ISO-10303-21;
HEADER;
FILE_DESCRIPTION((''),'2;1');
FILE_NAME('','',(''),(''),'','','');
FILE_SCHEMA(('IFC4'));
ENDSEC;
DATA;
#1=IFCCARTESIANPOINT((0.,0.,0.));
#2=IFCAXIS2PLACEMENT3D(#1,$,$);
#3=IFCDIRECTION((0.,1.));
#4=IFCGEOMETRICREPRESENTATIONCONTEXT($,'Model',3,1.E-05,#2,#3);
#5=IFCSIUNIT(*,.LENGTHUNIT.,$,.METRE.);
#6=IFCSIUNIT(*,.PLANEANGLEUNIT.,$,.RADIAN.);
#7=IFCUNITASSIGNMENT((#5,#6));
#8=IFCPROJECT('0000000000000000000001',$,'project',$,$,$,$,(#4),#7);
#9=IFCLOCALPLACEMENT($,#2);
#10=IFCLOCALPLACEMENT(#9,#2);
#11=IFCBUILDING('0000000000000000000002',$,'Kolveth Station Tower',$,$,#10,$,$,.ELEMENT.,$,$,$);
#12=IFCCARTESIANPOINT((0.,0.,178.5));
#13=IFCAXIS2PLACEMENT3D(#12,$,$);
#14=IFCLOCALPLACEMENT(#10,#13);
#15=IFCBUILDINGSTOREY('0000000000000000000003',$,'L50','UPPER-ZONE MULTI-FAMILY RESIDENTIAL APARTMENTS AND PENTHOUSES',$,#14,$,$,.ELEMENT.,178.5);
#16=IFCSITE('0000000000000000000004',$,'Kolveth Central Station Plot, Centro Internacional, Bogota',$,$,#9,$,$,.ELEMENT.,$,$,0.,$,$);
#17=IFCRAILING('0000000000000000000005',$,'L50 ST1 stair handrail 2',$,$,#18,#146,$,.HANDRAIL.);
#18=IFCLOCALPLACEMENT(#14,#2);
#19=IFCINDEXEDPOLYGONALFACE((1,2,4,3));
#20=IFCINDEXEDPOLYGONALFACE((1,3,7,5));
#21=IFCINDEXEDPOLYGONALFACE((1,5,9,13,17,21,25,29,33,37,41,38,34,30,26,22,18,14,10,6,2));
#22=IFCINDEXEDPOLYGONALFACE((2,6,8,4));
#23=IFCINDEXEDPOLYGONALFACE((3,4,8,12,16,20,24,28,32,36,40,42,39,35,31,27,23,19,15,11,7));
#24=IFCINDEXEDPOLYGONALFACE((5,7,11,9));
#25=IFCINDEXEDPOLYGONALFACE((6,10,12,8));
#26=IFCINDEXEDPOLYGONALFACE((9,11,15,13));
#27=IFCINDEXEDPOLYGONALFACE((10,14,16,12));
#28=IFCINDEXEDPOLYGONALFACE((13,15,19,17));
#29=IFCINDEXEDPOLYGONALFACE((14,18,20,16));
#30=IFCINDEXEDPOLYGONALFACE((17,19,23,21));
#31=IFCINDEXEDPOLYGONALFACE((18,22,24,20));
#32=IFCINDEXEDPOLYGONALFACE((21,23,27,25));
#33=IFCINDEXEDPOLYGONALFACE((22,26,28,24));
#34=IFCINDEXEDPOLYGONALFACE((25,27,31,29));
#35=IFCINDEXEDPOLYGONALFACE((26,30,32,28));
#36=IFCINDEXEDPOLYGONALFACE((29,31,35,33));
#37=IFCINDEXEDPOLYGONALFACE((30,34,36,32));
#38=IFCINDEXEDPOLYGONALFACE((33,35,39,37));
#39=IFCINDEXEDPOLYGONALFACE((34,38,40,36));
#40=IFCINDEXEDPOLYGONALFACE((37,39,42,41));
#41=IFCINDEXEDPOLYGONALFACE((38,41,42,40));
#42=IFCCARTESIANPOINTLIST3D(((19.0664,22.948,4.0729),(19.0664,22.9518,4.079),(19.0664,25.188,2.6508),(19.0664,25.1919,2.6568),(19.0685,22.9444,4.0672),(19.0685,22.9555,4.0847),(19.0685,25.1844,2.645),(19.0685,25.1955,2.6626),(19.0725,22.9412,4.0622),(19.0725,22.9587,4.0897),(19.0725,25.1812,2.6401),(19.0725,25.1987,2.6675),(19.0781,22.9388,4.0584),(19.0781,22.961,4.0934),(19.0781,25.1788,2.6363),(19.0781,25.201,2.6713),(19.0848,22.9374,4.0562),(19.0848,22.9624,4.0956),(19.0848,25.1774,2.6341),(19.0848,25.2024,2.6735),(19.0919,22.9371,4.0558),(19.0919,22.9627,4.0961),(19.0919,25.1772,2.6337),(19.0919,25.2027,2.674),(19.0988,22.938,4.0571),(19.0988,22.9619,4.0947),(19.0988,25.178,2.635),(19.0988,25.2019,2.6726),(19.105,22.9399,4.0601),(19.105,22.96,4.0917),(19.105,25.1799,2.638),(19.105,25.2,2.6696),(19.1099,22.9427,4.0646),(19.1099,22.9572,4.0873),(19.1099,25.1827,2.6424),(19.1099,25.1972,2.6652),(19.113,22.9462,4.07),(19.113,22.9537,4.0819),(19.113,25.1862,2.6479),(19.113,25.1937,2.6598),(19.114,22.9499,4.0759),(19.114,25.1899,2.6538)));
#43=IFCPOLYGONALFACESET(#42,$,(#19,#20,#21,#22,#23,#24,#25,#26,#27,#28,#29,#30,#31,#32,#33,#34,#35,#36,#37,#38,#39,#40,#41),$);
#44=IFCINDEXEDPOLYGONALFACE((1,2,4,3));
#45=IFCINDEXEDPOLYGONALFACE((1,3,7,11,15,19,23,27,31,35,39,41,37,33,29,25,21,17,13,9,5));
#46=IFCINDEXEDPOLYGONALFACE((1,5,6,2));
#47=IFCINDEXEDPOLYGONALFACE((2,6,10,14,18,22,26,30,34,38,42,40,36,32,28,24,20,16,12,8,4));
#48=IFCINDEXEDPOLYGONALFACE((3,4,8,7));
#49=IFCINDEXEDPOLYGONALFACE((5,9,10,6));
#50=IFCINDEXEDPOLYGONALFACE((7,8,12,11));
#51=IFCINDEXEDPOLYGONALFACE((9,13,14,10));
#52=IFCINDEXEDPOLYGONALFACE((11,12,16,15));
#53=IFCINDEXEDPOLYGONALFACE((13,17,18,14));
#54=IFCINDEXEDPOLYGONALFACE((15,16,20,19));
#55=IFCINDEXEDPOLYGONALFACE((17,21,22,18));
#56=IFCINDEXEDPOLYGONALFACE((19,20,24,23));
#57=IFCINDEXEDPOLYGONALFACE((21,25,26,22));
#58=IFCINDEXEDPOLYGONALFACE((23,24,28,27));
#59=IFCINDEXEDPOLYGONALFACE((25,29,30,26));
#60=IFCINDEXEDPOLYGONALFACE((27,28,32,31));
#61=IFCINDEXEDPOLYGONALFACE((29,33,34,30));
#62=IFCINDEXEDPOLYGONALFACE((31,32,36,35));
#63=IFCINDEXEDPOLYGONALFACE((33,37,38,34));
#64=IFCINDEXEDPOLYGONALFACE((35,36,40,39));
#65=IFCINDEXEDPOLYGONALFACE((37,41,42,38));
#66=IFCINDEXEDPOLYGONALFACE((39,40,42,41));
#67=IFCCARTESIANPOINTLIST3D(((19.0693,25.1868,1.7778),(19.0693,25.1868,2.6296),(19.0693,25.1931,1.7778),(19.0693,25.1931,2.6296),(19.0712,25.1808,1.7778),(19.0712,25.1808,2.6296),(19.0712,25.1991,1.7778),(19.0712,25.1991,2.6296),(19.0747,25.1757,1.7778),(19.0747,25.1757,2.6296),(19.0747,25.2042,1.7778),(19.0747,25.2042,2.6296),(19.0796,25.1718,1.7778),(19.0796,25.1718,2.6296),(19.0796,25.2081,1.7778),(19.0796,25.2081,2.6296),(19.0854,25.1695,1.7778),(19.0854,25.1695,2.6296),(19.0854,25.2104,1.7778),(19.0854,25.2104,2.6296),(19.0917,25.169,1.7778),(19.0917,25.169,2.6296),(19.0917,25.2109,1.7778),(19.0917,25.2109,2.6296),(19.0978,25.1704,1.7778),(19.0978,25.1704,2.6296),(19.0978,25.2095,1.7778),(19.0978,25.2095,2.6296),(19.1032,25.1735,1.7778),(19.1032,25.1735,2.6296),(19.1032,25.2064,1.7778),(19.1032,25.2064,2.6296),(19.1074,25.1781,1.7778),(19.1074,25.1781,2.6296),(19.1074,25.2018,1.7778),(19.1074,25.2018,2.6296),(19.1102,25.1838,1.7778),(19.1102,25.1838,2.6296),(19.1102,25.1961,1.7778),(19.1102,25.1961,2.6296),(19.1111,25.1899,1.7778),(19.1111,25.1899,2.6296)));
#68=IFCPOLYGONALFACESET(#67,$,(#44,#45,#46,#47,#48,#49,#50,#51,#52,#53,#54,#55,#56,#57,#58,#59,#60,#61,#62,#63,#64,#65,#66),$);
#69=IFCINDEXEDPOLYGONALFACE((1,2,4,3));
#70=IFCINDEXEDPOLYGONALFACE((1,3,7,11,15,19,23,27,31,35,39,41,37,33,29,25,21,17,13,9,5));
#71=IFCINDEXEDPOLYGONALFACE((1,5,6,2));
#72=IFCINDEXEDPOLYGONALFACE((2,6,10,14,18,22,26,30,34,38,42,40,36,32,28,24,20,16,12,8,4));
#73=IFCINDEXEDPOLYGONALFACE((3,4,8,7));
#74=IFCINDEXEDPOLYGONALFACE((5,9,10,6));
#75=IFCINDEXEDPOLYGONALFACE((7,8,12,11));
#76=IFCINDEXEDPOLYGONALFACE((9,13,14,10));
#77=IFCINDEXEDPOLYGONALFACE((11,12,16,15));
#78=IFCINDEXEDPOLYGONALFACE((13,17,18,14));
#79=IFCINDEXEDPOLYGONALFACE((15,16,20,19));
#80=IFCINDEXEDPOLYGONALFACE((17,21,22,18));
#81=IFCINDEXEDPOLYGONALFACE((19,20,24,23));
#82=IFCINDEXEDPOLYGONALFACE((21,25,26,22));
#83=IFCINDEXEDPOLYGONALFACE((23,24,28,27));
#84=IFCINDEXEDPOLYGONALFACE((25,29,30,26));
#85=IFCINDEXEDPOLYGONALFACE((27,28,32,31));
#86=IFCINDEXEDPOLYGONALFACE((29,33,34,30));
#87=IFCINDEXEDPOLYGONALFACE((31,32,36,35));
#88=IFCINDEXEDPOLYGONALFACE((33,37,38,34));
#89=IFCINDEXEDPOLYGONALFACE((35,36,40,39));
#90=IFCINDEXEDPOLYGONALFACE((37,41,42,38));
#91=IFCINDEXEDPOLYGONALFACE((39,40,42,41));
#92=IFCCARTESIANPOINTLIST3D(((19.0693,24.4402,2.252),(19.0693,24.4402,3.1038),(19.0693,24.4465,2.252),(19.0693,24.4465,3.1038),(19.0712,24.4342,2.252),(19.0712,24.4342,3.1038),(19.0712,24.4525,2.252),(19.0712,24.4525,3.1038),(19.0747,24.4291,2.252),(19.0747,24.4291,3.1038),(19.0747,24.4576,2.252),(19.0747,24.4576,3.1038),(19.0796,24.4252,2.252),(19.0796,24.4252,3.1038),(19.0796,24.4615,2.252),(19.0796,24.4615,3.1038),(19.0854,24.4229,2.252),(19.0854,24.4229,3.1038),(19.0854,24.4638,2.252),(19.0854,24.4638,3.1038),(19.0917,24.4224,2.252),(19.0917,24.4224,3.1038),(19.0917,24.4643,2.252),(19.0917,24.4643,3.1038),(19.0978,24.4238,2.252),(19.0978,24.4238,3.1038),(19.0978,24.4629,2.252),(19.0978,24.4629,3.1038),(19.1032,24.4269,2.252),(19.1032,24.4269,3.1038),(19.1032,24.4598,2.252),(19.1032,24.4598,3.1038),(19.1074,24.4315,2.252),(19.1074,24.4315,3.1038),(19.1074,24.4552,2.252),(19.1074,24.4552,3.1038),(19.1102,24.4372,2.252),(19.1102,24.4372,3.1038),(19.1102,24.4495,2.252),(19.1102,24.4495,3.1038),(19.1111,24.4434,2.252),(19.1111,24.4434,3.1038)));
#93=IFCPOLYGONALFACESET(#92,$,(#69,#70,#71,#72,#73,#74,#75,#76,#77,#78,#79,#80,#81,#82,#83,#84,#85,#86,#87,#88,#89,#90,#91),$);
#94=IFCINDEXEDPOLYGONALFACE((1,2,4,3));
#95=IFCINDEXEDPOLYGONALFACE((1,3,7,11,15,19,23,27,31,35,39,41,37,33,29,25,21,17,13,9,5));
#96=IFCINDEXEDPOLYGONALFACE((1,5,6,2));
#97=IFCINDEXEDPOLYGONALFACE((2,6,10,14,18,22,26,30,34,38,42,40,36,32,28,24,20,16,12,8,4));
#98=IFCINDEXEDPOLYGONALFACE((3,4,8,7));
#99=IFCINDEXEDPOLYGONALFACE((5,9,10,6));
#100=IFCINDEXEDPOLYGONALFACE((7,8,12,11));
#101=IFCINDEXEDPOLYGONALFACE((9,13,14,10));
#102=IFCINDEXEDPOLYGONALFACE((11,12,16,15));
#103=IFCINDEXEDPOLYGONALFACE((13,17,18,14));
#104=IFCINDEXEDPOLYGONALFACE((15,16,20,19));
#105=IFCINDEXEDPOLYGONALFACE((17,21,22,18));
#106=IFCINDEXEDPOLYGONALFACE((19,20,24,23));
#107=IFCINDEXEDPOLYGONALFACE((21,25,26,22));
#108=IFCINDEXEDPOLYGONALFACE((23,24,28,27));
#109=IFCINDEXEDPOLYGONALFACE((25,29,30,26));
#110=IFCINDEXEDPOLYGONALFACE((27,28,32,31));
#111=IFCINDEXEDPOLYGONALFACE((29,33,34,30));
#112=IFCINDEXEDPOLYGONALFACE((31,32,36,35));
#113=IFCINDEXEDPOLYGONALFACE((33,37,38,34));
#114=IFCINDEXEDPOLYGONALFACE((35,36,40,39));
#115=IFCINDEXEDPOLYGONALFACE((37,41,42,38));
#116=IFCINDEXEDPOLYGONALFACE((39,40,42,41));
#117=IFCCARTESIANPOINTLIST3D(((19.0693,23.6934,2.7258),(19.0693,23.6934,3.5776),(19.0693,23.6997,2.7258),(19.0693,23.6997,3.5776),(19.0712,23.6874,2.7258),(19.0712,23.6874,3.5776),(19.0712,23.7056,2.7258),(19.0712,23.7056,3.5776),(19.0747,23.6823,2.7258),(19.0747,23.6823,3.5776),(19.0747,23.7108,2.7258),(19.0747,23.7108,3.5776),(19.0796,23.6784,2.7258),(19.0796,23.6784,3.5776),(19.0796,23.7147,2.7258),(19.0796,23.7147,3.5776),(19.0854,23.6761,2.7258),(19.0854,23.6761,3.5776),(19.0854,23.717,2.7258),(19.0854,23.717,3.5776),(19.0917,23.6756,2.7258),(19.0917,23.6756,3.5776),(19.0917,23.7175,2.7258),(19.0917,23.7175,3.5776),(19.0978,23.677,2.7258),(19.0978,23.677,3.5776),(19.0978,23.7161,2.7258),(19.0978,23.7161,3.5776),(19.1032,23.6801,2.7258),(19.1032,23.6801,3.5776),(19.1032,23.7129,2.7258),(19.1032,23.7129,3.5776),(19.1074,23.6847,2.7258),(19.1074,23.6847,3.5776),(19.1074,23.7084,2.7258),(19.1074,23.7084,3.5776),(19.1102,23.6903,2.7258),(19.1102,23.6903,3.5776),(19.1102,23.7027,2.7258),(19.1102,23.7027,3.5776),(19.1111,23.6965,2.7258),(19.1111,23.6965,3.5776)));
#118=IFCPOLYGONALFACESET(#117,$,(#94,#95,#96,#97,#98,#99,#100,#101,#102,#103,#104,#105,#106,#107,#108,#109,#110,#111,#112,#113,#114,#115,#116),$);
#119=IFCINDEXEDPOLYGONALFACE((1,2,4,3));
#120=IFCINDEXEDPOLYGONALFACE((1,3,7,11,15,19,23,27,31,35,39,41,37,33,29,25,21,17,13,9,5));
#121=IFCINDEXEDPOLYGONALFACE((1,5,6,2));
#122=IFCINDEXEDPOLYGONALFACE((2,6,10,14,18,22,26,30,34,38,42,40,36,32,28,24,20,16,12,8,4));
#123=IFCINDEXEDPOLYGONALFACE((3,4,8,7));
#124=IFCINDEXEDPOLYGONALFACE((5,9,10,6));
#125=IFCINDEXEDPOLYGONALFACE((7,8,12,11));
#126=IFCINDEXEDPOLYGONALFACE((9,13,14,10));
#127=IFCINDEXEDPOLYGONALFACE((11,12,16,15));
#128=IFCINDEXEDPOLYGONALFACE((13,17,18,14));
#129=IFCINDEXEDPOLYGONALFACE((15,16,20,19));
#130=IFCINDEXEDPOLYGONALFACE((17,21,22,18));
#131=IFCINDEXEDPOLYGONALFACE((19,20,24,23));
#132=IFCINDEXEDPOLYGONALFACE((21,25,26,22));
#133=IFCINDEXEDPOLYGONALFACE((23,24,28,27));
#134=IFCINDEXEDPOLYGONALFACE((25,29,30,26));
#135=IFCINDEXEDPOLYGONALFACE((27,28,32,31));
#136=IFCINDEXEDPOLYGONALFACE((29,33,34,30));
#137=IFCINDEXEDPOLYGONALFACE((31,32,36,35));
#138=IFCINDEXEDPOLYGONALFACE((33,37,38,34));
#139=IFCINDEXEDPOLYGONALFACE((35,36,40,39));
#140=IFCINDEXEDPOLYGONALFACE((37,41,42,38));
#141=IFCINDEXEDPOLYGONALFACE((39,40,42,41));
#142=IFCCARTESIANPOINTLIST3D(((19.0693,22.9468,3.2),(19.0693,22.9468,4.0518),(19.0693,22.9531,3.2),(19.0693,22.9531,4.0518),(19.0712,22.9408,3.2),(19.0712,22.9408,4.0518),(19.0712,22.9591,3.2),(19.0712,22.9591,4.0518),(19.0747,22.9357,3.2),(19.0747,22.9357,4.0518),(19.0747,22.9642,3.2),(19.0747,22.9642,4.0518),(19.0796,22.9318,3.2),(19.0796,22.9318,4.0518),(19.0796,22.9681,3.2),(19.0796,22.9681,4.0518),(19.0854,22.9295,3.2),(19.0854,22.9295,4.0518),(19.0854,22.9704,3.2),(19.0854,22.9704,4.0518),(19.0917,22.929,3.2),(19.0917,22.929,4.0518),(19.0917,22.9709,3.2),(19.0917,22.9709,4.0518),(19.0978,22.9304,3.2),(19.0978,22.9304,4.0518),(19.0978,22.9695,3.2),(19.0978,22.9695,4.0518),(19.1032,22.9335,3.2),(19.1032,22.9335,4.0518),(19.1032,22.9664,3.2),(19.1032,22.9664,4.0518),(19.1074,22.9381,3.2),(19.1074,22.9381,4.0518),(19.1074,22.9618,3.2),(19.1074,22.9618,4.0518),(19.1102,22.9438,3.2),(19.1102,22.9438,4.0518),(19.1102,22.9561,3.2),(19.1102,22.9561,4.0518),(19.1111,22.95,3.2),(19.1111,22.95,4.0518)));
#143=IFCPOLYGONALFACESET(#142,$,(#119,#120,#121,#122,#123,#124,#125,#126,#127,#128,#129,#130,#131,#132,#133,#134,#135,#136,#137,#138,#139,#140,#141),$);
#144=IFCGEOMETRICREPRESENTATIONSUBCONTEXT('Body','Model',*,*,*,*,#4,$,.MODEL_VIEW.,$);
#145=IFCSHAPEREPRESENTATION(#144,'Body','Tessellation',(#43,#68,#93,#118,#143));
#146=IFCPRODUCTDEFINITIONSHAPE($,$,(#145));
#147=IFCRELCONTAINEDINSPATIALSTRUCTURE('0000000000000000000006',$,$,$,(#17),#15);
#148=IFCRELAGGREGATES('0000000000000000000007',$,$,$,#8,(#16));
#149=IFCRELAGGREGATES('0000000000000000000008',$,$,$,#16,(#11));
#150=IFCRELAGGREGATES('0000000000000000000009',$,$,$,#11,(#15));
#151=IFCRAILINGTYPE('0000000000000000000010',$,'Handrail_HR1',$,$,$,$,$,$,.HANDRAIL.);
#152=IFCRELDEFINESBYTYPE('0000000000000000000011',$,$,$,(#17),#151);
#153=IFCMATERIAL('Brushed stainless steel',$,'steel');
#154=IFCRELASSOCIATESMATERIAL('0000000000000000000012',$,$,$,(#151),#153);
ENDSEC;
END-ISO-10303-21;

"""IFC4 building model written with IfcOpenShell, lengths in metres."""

from ifc_helpers import new_model, si_unit, direction, frame, origin, origin_2d, place, context, subcontext, project, spatial, circle, extrude, material, type_object, element, save


model = new_model("IFC4")

# Units and contexts
model_context = context("Model", 3, precision=1e-05, world=origin(), true_north=direction((0.0, 1.0)))
body_context = subcontext(model_context, "Body", "Model", "MODEL_VIEW")
ifc_project = project(units=[si_unit("LENGTHUNIT", "METRE"), si_unit("PLANEANGLEUNIT", "RADIAN")], contexts=[model_context])

# Site, building, storey
site_placement = place(None, origin())
site = spatial("IfcSite", under=ifc_project, at=site_placement, Name="Kolveth Central Station Plot, Centro Internacional, Bogota", CompositionType="ELEMENT", RefElevation=0.0)
building_placement = place(site_placement, origin())
building = spatial("IfcBuilding", under=site, at=building_placement, Name="Kolveth Station Tower", CompositionType="ELEMENT")
storey_placement = place(building_placement, frame((0.0, 0.0, 178.5)))
storey = spatial("IfcBuildingStorey", under=building, at=storey_placement, Name="L50", Description="UPPER-ZONE MULTI-FAMILY RESIDENTIAL APARTMENTS AND PENTHOUSES", CompositionType="ELEMENT", Elevation=178.5)

# Railing
ifc_material_1 = material(Name="Brushed stainless steel", Category="steel")
railing_type_1 = type_object("IfcRailingType", Name="Handrail_HR1", PredefinedType="HANDRAIL", material=ifc_material_1)
railing_1_placement = place(storey_placement, frame((19.0901, 25.1899, 1.7778)))
element("IfcRailing", 1, at=railing_1_placement, inside=storey, type_object=railing_type_1, Name="L50 ST1 stair handrail 2", PredefinedType="HANDRAIL", context=body_context, shape_type="SweptSolid", body=[
    extrude(circle(Radius=0.0239, at=origin_2d()), frame((0.0, 0.0, 0.876), z_axis=(0.0, -0.844229, 0.535982), x_axis=(1.0, 0.0, 0.0)), (0.0, 0.0, 1.0), 2.6533),
    extrude(circle(Radius=0.021, at=origin_2d()), origin(), (0.0, 0.0, 1.0), 0.8518),
    extrude(circle(Radius=0.021, at=origin_2d()), frame((0.0, -0.7466, 0.4741)), (0.0, 0.0, 1.0), 0.8518),
    extrude(circle(Radius=0.021, at=origin_2d()), frame((0.0, -1.4934, 0.948)), (0.0, 0.0, 1.0), 0.8518),
    extrude(circle(Radius=0.021, at=origin_2d()), frame((0.0, -2.24, 1.4221)), (0.0, 0.0, 1.0), 0.8518),
])

save(model, "model.ifc")
